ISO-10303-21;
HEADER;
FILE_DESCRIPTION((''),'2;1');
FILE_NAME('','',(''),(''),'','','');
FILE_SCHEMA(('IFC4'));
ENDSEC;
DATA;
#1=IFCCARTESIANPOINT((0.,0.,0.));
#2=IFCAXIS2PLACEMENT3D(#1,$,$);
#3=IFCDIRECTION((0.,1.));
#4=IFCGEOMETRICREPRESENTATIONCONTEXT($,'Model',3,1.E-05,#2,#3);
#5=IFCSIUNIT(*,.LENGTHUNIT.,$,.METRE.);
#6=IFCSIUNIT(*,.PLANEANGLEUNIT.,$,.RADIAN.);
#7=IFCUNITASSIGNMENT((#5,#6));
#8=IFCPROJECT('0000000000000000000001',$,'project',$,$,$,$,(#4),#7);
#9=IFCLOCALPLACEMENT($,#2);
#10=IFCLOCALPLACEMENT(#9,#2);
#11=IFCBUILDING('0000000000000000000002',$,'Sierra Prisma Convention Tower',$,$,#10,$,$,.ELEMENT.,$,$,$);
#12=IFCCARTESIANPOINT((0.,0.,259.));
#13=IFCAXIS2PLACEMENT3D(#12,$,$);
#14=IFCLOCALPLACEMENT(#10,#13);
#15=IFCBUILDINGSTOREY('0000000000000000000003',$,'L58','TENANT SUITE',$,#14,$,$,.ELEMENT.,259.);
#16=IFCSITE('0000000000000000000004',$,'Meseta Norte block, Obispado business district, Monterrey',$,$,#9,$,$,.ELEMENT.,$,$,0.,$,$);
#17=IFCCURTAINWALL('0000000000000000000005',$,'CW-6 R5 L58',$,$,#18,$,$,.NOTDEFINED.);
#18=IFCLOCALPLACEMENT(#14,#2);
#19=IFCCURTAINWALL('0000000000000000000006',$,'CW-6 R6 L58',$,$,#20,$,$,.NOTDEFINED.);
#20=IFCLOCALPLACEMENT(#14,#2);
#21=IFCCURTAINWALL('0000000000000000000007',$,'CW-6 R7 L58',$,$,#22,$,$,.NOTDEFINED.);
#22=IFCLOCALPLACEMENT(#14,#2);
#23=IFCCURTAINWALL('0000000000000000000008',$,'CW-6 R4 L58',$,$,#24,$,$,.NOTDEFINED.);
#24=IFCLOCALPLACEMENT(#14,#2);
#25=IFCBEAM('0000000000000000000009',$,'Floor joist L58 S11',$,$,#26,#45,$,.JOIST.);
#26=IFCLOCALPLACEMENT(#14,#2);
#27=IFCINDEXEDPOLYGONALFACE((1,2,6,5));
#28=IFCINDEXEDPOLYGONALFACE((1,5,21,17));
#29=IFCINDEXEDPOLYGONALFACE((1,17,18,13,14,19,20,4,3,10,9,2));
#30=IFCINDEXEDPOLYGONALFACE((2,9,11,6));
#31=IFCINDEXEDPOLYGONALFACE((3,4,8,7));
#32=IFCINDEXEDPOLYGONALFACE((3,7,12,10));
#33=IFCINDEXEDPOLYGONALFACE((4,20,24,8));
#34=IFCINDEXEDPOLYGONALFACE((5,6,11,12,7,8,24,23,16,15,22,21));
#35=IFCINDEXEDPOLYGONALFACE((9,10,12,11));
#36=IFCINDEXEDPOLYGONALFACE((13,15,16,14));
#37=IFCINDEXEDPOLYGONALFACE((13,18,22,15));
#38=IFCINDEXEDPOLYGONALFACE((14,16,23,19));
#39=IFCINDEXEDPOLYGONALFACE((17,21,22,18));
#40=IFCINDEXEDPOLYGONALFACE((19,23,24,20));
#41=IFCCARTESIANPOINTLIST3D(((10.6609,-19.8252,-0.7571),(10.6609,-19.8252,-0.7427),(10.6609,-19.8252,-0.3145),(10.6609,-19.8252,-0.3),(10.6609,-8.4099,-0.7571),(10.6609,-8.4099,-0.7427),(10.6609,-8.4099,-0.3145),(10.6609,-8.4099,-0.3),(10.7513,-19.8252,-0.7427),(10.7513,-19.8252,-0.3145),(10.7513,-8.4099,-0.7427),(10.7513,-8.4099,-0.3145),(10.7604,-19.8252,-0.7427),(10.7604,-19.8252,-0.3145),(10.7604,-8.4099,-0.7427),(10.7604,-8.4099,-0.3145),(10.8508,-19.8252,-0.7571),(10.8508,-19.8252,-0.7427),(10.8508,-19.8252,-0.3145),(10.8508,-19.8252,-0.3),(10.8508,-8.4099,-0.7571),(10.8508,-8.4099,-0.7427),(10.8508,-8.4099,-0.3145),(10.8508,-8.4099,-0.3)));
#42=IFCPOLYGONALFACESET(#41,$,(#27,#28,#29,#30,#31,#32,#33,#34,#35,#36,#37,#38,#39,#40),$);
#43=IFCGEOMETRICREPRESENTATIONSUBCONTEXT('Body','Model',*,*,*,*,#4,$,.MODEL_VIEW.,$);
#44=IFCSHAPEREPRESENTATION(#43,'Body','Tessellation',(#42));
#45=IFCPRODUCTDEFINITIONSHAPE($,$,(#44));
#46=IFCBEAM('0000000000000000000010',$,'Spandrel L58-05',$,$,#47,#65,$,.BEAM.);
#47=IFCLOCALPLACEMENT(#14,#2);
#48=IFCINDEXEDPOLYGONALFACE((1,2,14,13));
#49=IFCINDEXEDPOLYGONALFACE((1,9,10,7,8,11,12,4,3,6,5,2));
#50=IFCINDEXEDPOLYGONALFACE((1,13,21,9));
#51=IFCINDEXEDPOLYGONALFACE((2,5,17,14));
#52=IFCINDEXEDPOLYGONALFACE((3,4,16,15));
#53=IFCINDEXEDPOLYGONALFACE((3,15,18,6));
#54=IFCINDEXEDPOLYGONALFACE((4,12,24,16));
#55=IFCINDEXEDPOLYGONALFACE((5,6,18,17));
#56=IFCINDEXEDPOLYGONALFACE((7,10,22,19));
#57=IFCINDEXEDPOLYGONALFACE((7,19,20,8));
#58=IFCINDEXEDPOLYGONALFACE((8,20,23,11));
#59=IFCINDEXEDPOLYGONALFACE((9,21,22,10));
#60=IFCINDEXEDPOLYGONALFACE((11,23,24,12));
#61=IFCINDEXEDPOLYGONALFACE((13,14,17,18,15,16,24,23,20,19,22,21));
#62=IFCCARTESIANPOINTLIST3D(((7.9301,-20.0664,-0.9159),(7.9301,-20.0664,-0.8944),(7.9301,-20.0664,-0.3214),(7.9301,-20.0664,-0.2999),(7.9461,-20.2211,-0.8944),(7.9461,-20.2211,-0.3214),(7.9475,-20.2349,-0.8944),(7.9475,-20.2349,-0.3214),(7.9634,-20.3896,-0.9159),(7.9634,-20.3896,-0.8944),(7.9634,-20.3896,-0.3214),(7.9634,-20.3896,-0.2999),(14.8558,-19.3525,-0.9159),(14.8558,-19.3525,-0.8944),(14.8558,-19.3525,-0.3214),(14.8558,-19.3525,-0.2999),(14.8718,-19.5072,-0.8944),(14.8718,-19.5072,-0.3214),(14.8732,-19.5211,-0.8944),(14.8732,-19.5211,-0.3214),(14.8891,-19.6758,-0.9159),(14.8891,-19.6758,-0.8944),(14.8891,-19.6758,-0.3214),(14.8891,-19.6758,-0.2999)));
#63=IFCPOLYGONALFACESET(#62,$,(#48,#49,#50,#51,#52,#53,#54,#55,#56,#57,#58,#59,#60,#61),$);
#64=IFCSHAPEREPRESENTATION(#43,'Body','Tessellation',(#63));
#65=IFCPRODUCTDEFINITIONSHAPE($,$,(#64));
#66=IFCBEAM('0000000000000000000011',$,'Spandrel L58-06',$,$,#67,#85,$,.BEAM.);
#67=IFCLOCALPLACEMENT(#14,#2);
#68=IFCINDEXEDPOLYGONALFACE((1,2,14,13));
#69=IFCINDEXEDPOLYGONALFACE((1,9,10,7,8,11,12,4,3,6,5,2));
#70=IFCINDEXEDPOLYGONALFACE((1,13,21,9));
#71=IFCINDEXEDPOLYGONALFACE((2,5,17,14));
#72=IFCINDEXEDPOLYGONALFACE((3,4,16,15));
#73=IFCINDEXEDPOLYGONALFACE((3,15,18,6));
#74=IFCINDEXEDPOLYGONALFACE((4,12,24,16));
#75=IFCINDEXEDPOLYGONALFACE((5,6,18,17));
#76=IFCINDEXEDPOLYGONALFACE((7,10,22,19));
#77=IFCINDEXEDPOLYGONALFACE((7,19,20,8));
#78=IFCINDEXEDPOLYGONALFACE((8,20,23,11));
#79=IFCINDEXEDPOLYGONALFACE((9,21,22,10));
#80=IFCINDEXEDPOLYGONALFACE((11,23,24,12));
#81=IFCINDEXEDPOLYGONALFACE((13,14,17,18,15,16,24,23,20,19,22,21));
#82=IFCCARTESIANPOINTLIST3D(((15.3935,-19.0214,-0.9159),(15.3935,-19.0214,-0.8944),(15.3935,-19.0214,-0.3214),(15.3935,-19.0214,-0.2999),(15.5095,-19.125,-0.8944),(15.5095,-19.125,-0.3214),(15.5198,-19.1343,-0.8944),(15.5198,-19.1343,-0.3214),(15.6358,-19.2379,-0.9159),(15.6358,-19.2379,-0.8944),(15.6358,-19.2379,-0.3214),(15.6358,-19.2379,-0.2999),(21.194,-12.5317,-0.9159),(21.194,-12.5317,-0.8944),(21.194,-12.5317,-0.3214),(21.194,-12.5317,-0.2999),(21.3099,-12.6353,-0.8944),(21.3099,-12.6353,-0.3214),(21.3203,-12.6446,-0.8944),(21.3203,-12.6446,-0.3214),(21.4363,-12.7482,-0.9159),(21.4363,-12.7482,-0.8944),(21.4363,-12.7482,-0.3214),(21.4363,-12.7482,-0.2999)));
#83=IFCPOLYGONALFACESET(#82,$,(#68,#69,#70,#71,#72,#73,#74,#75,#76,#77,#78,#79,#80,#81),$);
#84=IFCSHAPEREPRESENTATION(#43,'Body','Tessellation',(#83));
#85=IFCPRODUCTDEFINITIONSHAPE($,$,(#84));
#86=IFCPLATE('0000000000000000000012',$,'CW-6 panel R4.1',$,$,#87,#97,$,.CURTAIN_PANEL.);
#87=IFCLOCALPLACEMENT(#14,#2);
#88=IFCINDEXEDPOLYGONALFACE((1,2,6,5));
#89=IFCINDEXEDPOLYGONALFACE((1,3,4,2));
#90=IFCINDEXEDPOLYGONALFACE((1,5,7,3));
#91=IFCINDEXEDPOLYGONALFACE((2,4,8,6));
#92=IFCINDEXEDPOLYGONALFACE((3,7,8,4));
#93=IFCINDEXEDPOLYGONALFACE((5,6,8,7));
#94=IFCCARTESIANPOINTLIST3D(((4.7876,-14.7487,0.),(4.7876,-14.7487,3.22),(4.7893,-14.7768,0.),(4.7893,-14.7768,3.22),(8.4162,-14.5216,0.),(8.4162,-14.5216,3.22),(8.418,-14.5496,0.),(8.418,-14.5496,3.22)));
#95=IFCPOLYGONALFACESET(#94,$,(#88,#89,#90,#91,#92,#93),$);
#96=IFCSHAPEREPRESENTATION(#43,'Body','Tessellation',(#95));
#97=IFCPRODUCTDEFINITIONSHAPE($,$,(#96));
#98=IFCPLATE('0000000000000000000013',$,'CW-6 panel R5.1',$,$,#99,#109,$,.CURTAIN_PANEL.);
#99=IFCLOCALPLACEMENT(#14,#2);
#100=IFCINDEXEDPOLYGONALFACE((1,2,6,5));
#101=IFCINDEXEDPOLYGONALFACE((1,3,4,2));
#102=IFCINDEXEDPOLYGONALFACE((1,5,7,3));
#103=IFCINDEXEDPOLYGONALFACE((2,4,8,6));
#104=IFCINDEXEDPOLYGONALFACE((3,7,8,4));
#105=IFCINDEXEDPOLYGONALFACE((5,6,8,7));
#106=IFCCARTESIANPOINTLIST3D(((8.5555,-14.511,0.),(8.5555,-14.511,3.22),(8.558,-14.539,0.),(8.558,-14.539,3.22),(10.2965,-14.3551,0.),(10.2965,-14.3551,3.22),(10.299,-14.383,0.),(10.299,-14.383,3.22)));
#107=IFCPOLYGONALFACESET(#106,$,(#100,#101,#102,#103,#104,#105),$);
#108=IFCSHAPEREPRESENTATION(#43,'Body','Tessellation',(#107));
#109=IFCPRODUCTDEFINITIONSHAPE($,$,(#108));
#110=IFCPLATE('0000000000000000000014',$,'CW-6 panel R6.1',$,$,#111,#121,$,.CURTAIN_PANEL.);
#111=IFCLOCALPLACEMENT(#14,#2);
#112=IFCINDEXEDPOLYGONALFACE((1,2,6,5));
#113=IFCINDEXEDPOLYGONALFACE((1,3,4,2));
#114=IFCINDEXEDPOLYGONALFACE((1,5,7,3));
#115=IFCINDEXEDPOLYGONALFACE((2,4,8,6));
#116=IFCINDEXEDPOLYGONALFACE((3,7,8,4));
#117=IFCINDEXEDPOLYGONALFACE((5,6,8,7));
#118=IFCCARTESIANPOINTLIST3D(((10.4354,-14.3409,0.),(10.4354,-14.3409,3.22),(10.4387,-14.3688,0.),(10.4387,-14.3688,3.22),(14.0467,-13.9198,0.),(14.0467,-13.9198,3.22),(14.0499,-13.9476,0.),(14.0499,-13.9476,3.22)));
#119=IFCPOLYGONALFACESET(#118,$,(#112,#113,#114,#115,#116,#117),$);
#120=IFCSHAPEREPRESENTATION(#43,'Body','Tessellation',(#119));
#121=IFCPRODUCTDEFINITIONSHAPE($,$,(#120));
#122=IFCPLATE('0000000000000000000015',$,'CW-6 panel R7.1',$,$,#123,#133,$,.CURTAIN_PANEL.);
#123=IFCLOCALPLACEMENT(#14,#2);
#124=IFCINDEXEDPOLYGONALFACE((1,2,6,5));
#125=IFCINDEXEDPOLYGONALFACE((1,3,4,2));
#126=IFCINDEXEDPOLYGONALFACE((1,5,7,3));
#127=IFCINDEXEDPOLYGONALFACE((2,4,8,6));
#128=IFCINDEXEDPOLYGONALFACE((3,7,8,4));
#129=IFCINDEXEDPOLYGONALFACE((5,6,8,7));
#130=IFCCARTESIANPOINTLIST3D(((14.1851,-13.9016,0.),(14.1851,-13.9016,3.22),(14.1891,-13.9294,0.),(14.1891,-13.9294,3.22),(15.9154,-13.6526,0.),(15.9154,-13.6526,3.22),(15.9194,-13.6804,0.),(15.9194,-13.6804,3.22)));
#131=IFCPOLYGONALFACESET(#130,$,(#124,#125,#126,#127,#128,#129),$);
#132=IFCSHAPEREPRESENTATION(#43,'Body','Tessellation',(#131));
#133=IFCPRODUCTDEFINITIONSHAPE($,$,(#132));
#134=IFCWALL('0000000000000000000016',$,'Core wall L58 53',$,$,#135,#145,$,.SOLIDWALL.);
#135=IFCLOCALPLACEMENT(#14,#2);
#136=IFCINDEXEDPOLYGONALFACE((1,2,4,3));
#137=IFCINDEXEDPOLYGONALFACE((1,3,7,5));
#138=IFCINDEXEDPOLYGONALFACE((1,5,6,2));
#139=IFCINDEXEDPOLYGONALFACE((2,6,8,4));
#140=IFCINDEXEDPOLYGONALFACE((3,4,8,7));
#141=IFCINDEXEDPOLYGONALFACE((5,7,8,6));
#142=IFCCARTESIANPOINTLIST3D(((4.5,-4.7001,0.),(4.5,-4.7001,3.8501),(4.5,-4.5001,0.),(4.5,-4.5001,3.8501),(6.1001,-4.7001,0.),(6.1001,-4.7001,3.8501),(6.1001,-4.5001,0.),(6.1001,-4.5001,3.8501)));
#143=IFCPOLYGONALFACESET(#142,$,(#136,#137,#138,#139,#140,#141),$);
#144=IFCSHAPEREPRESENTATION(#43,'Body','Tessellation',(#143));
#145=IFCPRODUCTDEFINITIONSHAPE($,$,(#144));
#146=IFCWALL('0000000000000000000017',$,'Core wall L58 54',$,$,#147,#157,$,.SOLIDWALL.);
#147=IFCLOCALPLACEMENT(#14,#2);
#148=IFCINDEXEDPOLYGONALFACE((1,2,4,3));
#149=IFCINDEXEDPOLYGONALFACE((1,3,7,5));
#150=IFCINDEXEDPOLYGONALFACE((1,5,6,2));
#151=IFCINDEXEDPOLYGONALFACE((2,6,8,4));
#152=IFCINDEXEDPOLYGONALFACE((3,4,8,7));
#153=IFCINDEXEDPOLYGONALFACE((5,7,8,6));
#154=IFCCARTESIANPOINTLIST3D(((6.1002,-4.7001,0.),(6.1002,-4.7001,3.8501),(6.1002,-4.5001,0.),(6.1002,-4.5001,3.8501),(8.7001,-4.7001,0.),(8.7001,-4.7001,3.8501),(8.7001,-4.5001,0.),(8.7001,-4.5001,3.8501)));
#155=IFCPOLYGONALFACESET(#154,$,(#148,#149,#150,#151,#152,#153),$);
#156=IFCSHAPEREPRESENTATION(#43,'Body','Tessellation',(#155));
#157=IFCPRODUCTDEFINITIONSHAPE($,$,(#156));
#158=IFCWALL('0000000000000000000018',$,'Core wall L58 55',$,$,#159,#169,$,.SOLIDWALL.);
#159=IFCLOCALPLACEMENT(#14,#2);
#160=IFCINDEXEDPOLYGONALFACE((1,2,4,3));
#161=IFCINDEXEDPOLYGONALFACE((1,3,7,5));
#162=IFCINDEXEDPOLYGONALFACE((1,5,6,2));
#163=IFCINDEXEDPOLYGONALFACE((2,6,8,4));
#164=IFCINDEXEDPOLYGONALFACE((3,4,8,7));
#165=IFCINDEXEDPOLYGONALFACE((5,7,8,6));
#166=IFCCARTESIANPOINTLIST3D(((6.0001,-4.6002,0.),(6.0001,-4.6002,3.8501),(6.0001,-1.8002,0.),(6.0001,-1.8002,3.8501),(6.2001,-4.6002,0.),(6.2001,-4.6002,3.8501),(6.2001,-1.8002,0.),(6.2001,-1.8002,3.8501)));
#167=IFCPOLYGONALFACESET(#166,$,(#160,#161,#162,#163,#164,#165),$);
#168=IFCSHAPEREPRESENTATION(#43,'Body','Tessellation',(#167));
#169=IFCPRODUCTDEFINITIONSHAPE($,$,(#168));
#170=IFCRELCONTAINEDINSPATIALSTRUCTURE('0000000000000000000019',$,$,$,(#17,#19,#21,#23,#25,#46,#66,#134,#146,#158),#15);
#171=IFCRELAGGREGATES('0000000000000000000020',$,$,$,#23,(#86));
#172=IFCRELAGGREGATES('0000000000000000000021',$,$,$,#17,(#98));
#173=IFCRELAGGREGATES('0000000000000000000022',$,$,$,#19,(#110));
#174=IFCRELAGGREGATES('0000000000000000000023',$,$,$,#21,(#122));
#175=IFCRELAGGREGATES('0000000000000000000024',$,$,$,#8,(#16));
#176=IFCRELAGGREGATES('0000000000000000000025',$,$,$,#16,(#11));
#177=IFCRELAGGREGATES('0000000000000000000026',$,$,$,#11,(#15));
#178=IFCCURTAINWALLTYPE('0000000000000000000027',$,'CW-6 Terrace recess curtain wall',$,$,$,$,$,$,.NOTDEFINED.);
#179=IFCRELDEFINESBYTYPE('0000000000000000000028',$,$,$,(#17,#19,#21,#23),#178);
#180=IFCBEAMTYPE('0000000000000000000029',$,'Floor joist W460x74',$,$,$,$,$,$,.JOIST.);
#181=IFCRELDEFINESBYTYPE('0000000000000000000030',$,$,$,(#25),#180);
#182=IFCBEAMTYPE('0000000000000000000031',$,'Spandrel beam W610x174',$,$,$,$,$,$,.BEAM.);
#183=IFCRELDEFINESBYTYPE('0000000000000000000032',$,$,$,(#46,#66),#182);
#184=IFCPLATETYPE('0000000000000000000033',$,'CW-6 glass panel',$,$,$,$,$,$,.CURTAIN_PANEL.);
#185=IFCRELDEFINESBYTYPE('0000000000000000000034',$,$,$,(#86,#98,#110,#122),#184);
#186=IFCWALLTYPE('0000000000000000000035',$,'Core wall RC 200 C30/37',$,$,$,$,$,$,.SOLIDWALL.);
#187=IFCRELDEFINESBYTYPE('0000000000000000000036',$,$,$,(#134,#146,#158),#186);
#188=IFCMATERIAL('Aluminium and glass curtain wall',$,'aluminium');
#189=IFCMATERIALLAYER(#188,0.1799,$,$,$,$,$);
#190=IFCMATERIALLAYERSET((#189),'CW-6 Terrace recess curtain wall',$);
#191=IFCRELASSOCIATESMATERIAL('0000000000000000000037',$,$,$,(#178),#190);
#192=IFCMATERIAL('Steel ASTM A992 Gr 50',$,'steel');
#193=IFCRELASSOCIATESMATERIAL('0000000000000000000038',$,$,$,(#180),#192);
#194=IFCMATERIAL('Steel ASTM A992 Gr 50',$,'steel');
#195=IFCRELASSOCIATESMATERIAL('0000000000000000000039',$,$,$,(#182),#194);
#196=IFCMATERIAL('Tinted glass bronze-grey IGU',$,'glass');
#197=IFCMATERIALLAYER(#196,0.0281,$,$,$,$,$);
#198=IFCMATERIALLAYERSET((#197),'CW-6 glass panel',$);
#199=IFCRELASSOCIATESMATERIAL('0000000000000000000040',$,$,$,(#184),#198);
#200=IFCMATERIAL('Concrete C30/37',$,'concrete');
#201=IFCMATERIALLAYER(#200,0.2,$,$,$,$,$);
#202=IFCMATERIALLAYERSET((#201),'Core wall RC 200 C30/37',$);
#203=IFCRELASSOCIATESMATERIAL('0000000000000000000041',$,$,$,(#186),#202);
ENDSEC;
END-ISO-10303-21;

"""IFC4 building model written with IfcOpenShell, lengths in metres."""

from ifc_helpers import new_model, si_unit, direction, frame, frame_2d, origin, origin_2d, place, context, subcontext, project, spatial, rectangle, i_section, extrude, material, layer, layer_set, material_profile, profile_set, type_object, element, aggregate, save


model = new_model("IFC4")

# Units and contexts
model_context = context("Model", 3, precision=1e-05, world=origin(), true_north=direction((0.0, 1.0)))
body_context = subcontext(model_context, "Body", "Model", "MODEL_VIEW")
ifc_project = project(units=[si_unit("LENGTHUNIT", "METRE"), si_unit("PLANEANGLEUNIT", "RADIAN")], contexts=[model_context])

# Site, building, storey
site_placement = place(None, origin())
site = spatial("IfcSite", under=ifc_project, at=site_placement, Name="Meseta Norte block, Obispado business district, Monterrey", CompositionType="ELEMENT", RefElevation=0.0)
building_placement = place(site_placement, origin())
building = spatial("IfcBuilding", under=site, at=building_placement, Name="Sierra Prisma Convention Tower", CompositionType="ELEMENT")
storey_placement = place(building_placement, frame((0.0, 0.0, 259.0)))
storey = spatial("IfcBuildingStorey", under=building, at=storey_placement, Name="L58", Description="TENANT SUITE", CompositionType="ELEMENT", Elevation=259.0)

# Curtain walls
ifc_material_1 = material(Name="Aluminium and glass curtain wall", Category="aluminium")
ifc_layer_1 = layer(ifc_material_1, 0.1799)
ifc_layer_set_1 = layer_set([ifc_layer_1], Name="CW-6 Terrace recess curtain wall")
curtain_wall_type = type_object("IfcCurtainWallType", Name="CW-6 Terrace recess curtain wall", PredefinedType="NOTDEFINED", material=ifc_layer_set_1)
curtain_wall_1_placement = place(storey_placement, origin())
curtain_wall_1 = element("IfcCurtainWall", 1, at=curtain_wall_1_placement, inside=storey, type_object=curtain_wall_type, Name="CW-6 R5 L58", PredefinedType="NOTDEFINED")
curtain_wall_2_placement = place(storey_placement, origin())
curtain_wall_2 = element("IfcCurtainWall", 2, at=curtain_wall_2_placement, inside=storey, type_object=curtain_wall_type, Name="CW-6 R6 L58", PredefinedType="NOTDEFINED")
curtain_wall_3_placement = place(storey_placement, origin())
curtain_wall_3 = element("IfcCurtainWall", 3, at=curtain_wall_3_placement, inside=storey, type_object=curtain_wall_type, Name="CW-6 R7 L58", PredefinedType="NOTDEFINED")
curtain_wall_4_placement = place(storey_placement, origin())
curtain_wall_4 = element("IfcCurtainWall", 4, at=curtain_wall_4_placement, inside=storey, type_object=curtain_wall_type, Name="CW-6 R4 L58", PredefinedType="NOTDEFINED")

# Beams
ifc_material_2 = material(Name="Steel ASTM A992 Gr 50", Category="steel")
ifc_material_profile_1 = material_profile(ifc_material_2, i_section(OverallWidth=0.1899, OverallDepth=0.457, WebThickness=0.009, FlangeThickness=0.0144, at=origin_2d()), Name="W460x74")
ifc_profile_set_1 = profile_set([ifc_material_profile_1], Name="Steel ASTM A992 Gr 50")
beam_type_1 = type_object("IfcBeamType", Name="Floor joist W460x74", PredefinedType="JOIST", material=ifc_profile_set_1)
beam_1_placement = place(storey_placement, frame((10.7559, -19.8252, -0.5286), z_axis=(0.0, 1.0, 0.0), x_axis=(-1.0, 0.0, 0.0)))
element("IfcBeam", 5, at=beam_1_placement, inside=storey, type_object=beam_type_1, Name="Floor joist L58 S11", PredefinedType="JOIST", context=body_context, shape_type="SweptSolid", body=[
    extrude(i_section(OverallWidth=0.1899, OverallDepth=0.457, WebThickness=0.009, FlangeThickness=0.0144, at=origin_2d()), origin(), (0.0, 0.0, 1.0), 11.4153),
])
ifc_material_3 = material(Name="Steel ASTM A992 Gr 50", Category="steel")
ifc_material_profile_2 = material_profile(ifc_material_3, i_section(OverallWidth=0.325, OverallDepth=0.616, WebThickness=0.0139, FlangeThickness=0.0215, at=origin_2d()), Name="W610x174")
ifc_profile_set_2 = profile_set([ifc_material_profile_2], Name="Steel ASTM A992 Gr 50")
beam_type_2 = type_object("IfcBeamType", Name="Spandrel beam W610x174", PredefinedType="BEAM", material=ifc_profile_set_2)
beam_2_placement = place(storey_placement, frame((7.9468, -20.228, -0.6079), z_axis=(0.99473, 0.102531, 0.0), x_axis=(-0.102531, 0.99473, 0.0)))
element("IfcBeam", 6, at=beam_2_placement, inside=storey, type_object=beam_type_2, Name="Spandrel L58-05", PredefinedType="BEAM", context=body_context, shape_type="SweptSolid", body=[
    extrude(i_section(OverallWidth=0.325, OverallDepth=0.616, WebThickness=0.0139, FlangeThickness=0.0215, at=origin_2d()), origin(), (0.0, 0.0, 1.0), 6.9624),
])
beam_3_placement = place(storey_placement, frame((15.5146, -19.1296, -0.6079), z_axis=(0.666407, 0.745588, 0.0), x_axis=(-0.745588, 0.666407, 0.0)))
element("IfcBeam", 7, at=beam_3_placement, inside=storey, type_object=beam_type_2, Name="Spandrel L58-06", PredefinedType="BEAM", context=body_context, shape_type="SweptSolid", body=[
    extrude(i_section(OverallWidth=0.325, OverallDepth=0.616, WebThickness=0.0139, FlangeThickness=0.0215, at=origin_2d()), origin(), (0.0, 0.0, 1.0), 8.7041),
])

# Plates
ifc_material_4 = material(Name="Tinted glass bronze-grey IGU", Category="glass")
ifc_layer_2 = layer(ifc_material_4, 0.0281)
ifc_layer_set_2 = layer_set([ifc_layer_2], Name="CW-6 glass panel")
plate_type = type_object("IfcPlateType", Name="CW-6 glass panel", PredefinedType="CURTAIN_PANEL", material=ifc_layer_set_2)
plate_1_placement = place(storey_placement, frame((6.6028, -14.6492, 0.0), z_axis=(0.0, 0.0, 1.0), x_axis=(0.998046, 0.062478, 0.0)))
plate_1 = element("IfcPlate", 8, at=plate_1_placement, type_object=plate_type, Name="CW-6 panel R4.1", PredefinedType="CURTAIN_PANEL", context=body_context, shape_type="SweptSolid", body=[
    extrude(rectangle(XDim=3.6357, YDim=0.0281, at=origin_2d()), origin(), (0.0, 0.0, 1.0), 3.22),
])
aggregate(curtain_wall_4, [plate_1])
plate_2_placement = place(storey_placement, frame((9.4272, -14.447, 0.0), z_axis=(0.0, 0.0, 1.0), x_axis=(0.996014, 0.089194, 0.0)))
plate_2 = element("IfcPlate", 9, at=plate_2_placement, type_object=plate_type, Name="CW-6 panel R5.1", PredefinedType="CURTAIN_PANEL", context=body_context, shape_type="SweptSolid", body=[
    extrude(rectangle(XDim=1.748, YDim=0.0281, at=origin_2d()), origin(), (0.0, 0.0, 1.0), 3.22),
])
aggregate(curtain_wall_1, [plate_2])
plate_3_placement = place(storey_placement, frame((12.2427, -14.1443, 0.0), z_axis=(0.0, 0.0, 1.0), x_axis=(0.993267, 0.115846, 0.0)))
plate_3 = element("IfcPlate", 10, at=plate_3_placement, type_object=plate_type, Name="CW-6 panel R6.1", PredefinedType="CURTAIN_PANEL", context=body_context, shape_type="SweptSolid", body=[
    extrude(rectangle(XDim=3.6357, YDim=0.0281, at=origin_2d()), origin(), (0.0, 0.0, 1.0), 3.22),
])
aggregate(curtain_wall_2, [plate_3])
plate_4_placement = place(storey_placement, frame((15.0522, -13.791, 0.0), z_axis=(0.0, 0.0, 1.0), x_axis=(0.989807, 0.142415, 0.0)))
plate_4 = element("IfcPlate", 11, at=plate_4_placement, type_object=plate_type, Name="CW-6 panel R7.1", PredefinedType="CURTAIN_PANEL", context=body_context, shape_type="SweptSolid", body=[
    extrude(rectangle(XDim=1.748, YDim=0.0281, at=origin_2d()), origin(), (0.0, 0.0, 1.0), 3.22),
])
aggregate(curtain_wall_3, [plate_4])

# Walls
ifc_material_5 = material(Name="Concrete C30/37", Category="concrete")
ifc_layer_3 = layer(ifc_material_5, 0.2)
ifc_layer_set_3 = layer_set([ifc_layer_3], Name="Core wall RC 200 C30/37")
wall_type_1 = type_object("IfcWallType", Name="Core wall RC 200 C30/37", PredefinedType="SOLIDWALL", material=ifc_layer_set_3)
wall_1_placement = place(storey_placement, frame((6.1001, -4.6001, 0.0), z_axis=(0.0, 0.0, 1.0), x_axis=(-1.0, 0.0, 0.0)))
element("IfcWall", 12, at=wall_1_placement, inside=storey, type_object=wall_type_1, Name="Core wall L58 53", PredefinedType="SOLIDWALL", context=body_context, shape_type="SweptSolid", body=[
    extrude(rectangle(XDim=1.6001, YDim=0.2, at=frame_2d((0.8, 0.0))), origin(), (0.0, 0.0, 1.0), 3.8501),
])
wall_2_placement = place(storey_placement, frame((8.7, -4.6001, 0.0), z_axis=(0.0, 0.0, 1.0), x_axis=(-1.0, 0.0, 0.0)))
element("IfcWall", 13, at=wall_2_placement, inside=storey, type_object=wall_type_1, Name="Core wall L58 54", PredefinedType="SOLIDWALL", context=body_context, shape_type="SweptSolid", body=[
    extrude(rectangle(XDim=2.5999, YDim=0.2, at=frame_2d((1.2998, 0.0))), origin(), (0.0, 0.0, 1.0), 3.8501),
])
wall_3_placement = place(storey_placement, frame((6.1001, -4.6001, 0.0), z_axis=(0.0, 0.0, 1.0), x_axis=(0.0, 1.0, 0.0)))
element("IfcWall", 14, at=wall_3_placement, inside=storey, type_object=wall_type_1, Name="Core wall L58 55", PredefinedType="SOLIDWALL", context=body_context, shape_type="SweptSolid", body=[
    extrude(rectangle(XDim=2.8, YDim=0.2, at=frame_2d((1.3999, 0.0))), origin(), (0.0, 0.0, 1.0), 3.8501),
])

save(model, "model.ifc")
